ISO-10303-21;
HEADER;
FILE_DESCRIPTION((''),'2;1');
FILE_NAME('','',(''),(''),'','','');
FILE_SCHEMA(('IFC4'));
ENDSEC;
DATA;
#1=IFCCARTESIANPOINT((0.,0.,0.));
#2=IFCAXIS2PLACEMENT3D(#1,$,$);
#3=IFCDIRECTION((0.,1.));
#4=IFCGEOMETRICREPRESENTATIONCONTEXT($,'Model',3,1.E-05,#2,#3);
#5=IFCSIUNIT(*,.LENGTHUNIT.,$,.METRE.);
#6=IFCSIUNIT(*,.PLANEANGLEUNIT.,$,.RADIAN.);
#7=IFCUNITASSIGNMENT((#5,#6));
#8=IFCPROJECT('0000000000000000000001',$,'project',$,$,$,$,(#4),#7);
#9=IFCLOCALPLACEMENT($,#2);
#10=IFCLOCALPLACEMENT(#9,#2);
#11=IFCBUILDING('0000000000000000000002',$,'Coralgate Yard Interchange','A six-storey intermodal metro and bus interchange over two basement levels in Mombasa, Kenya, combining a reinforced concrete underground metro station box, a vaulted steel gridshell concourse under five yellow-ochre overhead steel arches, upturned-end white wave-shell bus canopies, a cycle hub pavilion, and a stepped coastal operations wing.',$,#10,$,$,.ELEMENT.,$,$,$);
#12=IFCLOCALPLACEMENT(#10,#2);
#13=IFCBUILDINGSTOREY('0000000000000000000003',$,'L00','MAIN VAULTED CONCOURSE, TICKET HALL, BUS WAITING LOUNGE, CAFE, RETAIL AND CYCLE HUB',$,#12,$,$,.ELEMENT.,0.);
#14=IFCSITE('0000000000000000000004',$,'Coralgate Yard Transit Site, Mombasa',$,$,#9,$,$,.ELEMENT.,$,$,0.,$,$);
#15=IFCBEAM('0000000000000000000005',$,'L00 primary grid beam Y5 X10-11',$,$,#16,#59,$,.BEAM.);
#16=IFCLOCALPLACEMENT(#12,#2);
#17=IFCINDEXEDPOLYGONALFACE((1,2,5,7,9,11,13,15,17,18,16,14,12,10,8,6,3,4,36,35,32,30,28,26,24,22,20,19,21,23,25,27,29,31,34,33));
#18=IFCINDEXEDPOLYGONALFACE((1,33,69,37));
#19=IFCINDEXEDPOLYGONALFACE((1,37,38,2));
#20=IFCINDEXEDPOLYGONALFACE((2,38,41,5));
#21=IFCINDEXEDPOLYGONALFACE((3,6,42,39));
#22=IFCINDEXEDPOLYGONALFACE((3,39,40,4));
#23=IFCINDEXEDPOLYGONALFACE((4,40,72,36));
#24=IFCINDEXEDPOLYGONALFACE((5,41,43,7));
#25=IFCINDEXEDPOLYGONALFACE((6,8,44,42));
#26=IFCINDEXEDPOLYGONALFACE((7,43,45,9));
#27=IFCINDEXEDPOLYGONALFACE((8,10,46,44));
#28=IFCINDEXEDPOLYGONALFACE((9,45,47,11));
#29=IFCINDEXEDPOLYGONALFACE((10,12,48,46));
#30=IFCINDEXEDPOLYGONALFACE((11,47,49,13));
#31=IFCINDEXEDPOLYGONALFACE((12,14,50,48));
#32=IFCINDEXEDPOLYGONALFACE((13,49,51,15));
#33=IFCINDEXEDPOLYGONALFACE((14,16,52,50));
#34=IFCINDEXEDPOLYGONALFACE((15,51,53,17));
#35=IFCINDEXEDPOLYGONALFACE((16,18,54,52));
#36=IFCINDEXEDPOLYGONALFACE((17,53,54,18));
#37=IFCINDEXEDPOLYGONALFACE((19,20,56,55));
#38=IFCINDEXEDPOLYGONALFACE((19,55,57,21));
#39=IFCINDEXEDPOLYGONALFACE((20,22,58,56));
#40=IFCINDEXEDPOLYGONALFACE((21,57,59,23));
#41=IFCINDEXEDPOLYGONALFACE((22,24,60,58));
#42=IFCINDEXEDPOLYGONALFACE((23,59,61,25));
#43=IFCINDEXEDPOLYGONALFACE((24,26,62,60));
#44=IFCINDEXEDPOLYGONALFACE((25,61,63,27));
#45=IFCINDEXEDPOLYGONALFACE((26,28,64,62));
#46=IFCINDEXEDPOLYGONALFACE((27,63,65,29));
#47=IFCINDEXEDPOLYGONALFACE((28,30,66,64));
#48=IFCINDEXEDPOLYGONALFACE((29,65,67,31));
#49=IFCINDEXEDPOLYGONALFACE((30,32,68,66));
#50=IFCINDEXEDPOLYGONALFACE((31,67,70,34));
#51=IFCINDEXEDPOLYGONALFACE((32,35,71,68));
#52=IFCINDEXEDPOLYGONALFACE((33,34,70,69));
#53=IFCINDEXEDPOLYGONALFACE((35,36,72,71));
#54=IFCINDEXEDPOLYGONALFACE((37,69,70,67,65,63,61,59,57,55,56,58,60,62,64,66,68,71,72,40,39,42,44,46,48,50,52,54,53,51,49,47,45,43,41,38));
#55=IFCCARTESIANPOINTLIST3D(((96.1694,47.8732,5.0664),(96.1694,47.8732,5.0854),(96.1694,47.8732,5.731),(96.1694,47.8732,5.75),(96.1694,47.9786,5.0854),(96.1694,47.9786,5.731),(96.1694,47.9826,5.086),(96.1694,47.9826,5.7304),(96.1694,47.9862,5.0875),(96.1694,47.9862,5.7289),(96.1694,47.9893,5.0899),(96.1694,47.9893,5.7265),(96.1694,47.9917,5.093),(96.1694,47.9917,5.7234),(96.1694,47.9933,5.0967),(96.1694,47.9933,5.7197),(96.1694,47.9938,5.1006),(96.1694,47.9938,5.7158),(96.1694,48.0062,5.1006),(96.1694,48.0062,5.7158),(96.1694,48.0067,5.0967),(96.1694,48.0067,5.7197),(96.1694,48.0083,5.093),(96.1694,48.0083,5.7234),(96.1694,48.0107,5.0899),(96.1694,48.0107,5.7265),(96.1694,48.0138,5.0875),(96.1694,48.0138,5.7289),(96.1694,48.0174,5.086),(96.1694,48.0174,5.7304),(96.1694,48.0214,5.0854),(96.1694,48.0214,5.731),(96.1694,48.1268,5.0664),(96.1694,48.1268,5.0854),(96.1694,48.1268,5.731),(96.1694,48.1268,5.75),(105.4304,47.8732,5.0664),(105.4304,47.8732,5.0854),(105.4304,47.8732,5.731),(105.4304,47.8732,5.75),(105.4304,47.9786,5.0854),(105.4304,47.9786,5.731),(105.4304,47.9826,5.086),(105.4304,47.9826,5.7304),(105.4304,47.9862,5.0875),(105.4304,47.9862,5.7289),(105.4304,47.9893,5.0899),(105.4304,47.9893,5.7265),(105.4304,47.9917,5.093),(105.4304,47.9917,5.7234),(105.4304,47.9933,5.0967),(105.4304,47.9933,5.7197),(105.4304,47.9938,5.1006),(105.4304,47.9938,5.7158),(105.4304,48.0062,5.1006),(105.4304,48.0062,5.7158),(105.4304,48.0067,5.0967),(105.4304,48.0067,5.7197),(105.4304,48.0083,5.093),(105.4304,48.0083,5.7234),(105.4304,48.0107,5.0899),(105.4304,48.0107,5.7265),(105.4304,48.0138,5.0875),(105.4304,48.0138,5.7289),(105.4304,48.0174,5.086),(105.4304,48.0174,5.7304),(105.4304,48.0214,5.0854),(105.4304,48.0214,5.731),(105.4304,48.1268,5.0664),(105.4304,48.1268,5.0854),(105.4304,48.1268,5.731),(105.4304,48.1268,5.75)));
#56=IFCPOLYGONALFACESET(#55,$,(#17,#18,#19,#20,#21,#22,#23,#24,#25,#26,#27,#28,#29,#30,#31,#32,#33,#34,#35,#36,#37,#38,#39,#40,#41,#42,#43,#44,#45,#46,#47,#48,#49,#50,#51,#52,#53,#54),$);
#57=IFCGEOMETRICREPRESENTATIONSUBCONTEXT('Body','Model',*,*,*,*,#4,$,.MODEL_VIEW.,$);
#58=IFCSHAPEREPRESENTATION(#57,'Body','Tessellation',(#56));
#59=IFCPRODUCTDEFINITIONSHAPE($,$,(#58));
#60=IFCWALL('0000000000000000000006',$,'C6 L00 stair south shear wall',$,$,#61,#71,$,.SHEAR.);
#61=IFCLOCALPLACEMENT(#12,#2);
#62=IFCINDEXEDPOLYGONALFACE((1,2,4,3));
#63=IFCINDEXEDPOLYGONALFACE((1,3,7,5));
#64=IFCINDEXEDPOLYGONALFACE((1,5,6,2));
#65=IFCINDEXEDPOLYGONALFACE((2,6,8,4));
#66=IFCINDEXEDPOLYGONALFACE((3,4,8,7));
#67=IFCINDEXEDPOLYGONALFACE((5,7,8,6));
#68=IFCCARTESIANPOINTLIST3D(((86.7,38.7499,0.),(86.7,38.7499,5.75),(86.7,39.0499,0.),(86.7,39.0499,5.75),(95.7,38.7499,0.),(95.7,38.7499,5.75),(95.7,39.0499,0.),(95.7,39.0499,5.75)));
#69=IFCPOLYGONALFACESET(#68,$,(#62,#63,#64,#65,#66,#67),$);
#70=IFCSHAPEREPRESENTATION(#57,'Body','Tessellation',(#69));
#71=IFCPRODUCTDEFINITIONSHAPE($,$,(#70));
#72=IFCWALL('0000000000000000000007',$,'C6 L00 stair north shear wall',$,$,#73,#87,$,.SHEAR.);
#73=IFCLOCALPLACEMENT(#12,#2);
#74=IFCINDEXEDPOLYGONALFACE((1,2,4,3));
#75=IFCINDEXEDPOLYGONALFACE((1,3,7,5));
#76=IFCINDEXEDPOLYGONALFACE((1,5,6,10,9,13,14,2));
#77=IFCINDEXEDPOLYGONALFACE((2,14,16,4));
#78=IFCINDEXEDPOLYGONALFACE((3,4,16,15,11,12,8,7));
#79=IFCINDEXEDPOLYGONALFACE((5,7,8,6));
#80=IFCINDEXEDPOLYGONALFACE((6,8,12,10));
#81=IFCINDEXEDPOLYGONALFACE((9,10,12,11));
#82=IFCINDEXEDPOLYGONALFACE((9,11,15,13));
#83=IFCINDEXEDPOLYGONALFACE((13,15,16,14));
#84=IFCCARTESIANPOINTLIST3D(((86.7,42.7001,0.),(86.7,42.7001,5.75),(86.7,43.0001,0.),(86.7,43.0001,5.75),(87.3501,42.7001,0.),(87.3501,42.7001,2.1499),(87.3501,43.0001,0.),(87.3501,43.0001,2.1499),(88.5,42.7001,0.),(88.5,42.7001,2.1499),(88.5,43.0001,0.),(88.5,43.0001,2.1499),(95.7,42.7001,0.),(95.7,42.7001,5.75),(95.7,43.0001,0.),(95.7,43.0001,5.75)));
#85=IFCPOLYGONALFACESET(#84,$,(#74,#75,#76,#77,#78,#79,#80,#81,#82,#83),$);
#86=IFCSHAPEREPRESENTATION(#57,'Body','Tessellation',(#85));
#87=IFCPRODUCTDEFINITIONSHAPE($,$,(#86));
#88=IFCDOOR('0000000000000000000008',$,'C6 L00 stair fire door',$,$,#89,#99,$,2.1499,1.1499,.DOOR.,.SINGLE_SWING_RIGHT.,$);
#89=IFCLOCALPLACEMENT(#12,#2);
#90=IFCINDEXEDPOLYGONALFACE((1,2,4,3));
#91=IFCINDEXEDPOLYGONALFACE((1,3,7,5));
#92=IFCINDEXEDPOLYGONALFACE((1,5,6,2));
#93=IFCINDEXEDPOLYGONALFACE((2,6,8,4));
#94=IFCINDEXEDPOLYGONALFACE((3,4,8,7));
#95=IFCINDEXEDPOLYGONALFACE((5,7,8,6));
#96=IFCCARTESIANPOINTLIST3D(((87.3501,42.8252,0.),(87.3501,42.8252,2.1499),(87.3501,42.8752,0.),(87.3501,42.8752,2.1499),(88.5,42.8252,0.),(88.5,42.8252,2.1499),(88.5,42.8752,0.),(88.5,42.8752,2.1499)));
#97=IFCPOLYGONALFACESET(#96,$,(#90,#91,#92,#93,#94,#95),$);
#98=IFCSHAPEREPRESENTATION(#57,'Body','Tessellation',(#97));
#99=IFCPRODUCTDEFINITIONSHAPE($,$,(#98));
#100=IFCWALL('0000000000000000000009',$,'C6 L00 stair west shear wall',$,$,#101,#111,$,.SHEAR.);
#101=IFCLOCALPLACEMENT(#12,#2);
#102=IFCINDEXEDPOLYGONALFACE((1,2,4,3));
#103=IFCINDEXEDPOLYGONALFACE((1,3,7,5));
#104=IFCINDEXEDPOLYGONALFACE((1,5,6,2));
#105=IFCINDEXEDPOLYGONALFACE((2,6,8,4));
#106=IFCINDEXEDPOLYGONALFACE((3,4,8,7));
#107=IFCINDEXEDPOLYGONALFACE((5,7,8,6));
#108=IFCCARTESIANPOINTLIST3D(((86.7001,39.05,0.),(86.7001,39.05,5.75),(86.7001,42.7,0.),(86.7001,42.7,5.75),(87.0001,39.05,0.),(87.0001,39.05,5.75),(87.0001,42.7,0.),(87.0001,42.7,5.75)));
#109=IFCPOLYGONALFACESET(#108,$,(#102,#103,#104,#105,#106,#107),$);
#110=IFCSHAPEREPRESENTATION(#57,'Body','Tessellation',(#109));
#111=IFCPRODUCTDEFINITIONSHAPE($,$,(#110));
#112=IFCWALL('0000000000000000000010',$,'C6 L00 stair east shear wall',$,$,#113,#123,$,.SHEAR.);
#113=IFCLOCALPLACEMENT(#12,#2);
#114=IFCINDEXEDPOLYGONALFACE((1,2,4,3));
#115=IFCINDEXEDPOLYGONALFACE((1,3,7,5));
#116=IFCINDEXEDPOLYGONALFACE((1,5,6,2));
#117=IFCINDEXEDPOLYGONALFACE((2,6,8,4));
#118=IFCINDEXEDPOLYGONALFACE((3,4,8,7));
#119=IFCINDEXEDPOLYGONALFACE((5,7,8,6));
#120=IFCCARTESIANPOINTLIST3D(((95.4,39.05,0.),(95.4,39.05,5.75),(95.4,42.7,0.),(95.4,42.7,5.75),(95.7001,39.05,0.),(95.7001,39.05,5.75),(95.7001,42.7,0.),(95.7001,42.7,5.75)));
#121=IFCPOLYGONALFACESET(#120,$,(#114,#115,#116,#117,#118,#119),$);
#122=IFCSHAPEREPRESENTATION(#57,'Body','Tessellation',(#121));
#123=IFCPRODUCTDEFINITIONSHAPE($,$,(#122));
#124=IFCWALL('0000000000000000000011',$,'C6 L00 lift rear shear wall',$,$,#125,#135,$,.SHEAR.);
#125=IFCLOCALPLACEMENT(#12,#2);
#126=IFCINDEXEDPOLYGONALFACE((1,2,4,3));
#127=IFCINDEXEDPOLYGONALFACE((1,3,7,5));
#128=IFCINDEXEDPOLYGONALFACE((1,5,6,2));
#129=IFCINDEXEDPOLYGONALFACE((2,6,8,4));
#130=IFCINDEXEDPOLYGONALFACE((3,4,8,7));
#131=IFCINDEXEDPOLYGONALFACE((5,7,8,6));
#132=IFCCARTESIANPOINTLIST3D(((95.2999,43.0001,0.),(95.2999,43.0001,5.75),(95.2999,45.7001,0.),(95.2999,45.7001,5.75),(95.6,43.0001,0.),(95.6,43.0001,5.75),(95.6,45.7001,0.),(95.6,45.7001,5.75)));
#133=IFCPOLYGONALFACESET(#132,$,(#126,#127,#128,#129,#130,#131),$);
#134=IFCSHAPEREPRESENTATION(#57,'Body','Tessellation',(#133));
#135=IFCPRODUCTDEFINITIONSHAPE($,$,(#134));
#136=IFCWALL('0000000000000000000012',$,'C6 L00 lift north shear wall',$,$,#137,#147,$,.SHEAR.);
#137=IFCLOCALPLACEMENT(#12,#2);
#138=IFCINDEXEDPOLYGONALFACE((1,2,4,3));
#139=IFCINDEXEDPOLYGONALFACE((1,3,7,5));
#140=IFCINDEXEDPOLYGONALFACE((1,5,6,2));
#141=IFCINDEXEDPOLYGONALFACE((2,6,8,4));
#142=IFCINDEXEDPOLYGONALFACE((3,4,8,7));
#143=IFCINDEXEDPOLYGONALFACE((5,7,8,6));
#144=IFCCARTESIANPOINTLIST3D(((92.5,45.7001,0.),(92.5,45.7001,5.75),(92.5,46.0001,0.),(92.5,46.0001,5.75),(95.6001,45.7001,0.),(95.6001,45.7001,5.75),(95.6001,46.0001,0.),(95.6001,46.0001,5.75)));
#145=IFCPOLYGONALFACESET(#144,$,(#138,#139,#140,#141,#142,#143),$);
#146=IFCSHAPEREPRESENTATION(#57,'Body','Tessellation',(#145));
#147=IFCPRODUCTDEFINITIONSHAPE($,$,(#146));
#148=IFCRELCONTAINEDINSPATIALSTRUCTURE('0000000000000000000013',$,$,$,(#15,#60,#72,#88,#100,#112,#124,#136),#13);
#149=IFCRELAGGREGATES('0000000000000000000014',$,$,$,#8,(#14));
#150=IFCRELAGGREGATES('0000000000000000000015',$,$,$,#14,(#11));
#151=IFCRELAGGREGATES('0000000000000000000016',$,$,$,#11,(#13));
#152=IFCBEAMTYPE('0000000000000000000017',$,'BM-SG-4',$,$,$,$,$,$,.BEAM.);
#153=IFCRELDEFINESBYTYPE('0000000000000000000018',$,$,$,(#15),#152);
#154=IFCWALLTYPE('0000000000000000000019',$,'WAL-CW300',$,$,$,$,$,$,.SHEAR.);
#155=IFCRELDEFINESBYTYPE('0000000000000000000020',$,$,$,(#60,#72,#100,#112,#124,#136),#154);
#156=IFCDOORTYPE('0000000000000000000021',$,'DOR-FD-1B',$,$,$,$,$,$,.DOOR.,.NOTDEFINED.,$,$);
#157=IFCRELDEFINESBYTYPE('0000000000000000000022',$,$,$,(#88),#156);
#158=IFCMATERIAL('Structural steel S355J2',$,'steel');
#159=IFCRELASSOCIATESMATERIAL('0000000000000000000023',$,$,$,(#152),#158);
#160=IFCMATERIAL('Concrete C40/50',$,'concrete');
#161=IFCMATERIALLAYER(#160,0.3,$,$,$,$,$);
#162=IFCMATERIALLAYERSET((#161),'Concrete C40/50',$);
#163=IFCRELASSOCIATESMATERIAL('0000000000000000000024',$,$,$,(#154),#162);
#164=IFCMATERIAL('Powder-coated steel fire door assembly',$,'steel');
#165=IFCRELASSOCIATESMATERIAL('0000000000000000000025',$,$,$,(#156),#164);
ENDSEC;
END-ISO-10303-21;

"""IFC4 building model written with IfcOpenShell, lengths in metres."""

from ifc_helpers import new_model, si_unit, direction, frame, frame_2d, origin, origin_2d, place, context, subcontext, project, spatial, rectangle, i_section, extrude, material, layer, layer_set, material_profile, profile_set, type_object, element, fill, save


model = new_model("IFC4")

# Units and contexts
model_context = context("Model", 3, precision=1e-05, world=origin(), true_north=direction((0.0, 1.0)))
body_context = subcontext(model_context, "Body", "Model", "MODEL_VIEW")
ifc_project = project(units=[si_unit("LENGTHUNIT", "METRE"), si_unit("PLANEANGLEUNIT", "RADIAN")], contexts=[model_context])

# Site, building, storey
site_placement = place(None, origin())
site = spatial("IfcSite", under=ifc_project, at=site_placement, Name="Coralgate Yard Transit Site, Mombasa", CompositionType="ELEMENT", RefElevation=0.0)
building_placement = place(site_placement, origin())
building = spatial("IfcBuilding", under=site, at=building_placement, Name="Coralgate Yard Interchange", Description="A six-storey intermodal metro and bus interchange over two basement levels in Mombasa, Kenya, combining a reinforced concrete underground metro station box, a vaulted steel gridshell concourse under five yellow-ochre overhead steel arches, upturned-end white wave-shell bus canopies, a cycle hub pavilion, and a stepped coastal operations wing.", CompositionType="ELEMENT")
storey_placement = place(building_placement, origin())
storey = spatial("IfcBuildingStorey", under=building, at=storey_placement, Name="L00", Description="MAIN VAULTED CONCOURSE, TICKET HALL, BUS WAITING LOUNGE, CAFE, RETAIL AND CYCLE HUB", CompositionType="ELEMENT", Elevation=0.0)

# Shared definitions
ifc_material_1 = material(Name="Structural steel S355J2", Category="steel")

# Beam
ifc_material_profile_1 = material_profile(ifc_material_1, i_section(OverallWidth=0.2537, OverallDepth=0.6836, WebThickness=0.0125, FlangeThickness=0.019, FilletRadius=0.0151, at=origin_2d()), Name="UB 686x254x140")
ifc_profile_set_1 = profile_set([ifc_material_profile_1], Name="Structural steel S355J2")
beam_type = type_object("IfcBeamType", Name="BM-SG-4", PredefinedType="BEAM", material=ifc_profile_set_1)
for number, where, z_axis, x_axis, name in (
    (1, (96.1694, 48.0, 5.4082), (1.0, 0.0, 0.0), (0.0, 1.0, 0.0), "L00 primary grid beam Y5 X10-11"),
):
    element("IfcBeam", number, at=place(storey_placement, frame(where, z_axis=z_axis, x_axis=x_axis)), inside=storey, type_object=beam_type, Name=name, PredefinedType="BEAM", context=body_context, shape_type="SweptSolid", body=[
        extrude(i_section(OverallWidth=0.2537, OverallDepth=0.6836, WebThickness=0.0125, FlangeThickness=0.019, FilletRadius=0.0151, at=origin_2d()), origin(), (0.0, 0.0, 1.0), 9.261),
    ])

# Wall
ifc_material_2 = material(Name="Concrete C40/50", Category="concrete")
ifc_layer_1 = layer(ifc_material_2, 0.3)
ifc_layer_set_1 = layer_set([ifc_layer_1], Name="Concrete C40/50")
wall_type_1 = type_object("IfcWallType", Name="WAL-CW300", PredefinedType="SHEAR", material=ifc_layer_set_1)
wall_1_placement = place(storey_placement, frame((86.7, 38.8999, 0.0), z_axis=(0.0, 0.0, 1.0), x_axis=(1.0, 0.0, 0.0)))
element("IfcWall", 2, at=wall_1_placement, inside=storey, type_object=wall_type_1, Name="C6 L00 stair south shear wall", PredefinedType="SHEAR", context=body_context, shape_type="SweptSolid", body=[
    extrude(rectangle(XDim=9.0, YDim=0.3, at=frame_2d((4.5, 0.0))), origin(), (0.0, 0.0, 1.0), 5.75),
])

# Wall, opening, door
wall_2_placement = place(storey_placement, frame((95.7, 42.8501, 0.0), z_axis=(0.0, 0.0, 1.0), x_axis=(-1.0, 0.0, 0.0)))
wall_2 = element("IfcWall", 3, at=wall_2_placement, inside=storey, type_object=wall_type_1, Name="C6 L00 stair north shear wall", PredefinedType="SHEAR", context=body_context, shape_type="SweptSolid", body=[
    extrude(rectangle(XDim=9.0, YDim=0.3, at=frame_2d((4.5, 0.0))), origin(), (0.0, 0.0, 1.0), 5.75),
])
opening_1_placement = place(wall_2_placement, frame((7.2, 0.0, 0.0)))
opening_1 = element("IfcOpeningElement", 4, at=opening_1_placement, cuts=wall_2, PredefinedType="OPENING", context=body_context, shape_type="SweptSolid", body=[
    extrude(rectangle(XDim=1.1499, YDim=2.1499, at=frame_2d((0.575, 1.075))), frame((0.0, 0.1599, 0.0), z_axis=(0.0, -1.0, 0.0), x_axis=(1.0, 0.0, 0.0)), (0.0, 0.0, 1.0), 0.3201),
])
ifc_material_3 = material(Name="Powder-coated steel fire door assembly", Category="steel")
door_type_1 = type_object("IfcDoorType", Name="DOR-FD-1B", OperationType="NOTDEFINED", PredefinedType="DOOR", material=ifc_material_3)
door_1_placement = place(opening_1_placement, origin())
door_1 = element("IfcDoor", 5, at=door_1_placement, inside=storey, type_object=door_type_1, Name="C6 L00 stair fire door", OperationType="SINGLE_SWING_RIGHT", OverallHeight=2.1499, OverallWidth=1.1499, PredefinedType="DOOR", context=body_context, shape_type="SweptSolid", body=[
    extrude(rectangle(XDim=1.1499, YDim=2.1499, at=frame_2d((0.575, 1.075))), frame((0.0, 0.0249, 0.0), z_axis=(0.0, -1.0, 0.0), x_axis=(1.0, 0.0, 0.0)), (0.0, 0.0, 1.0), 0.05),
])
fill(opening_1, door_1)

# Walls
for number, where, z_axis, x_axis, name in (
    (6, (86.8501, 39.05, 0.0), (0.0, 0.0, 1.0), (0.0, 1.0, 0.0), "C6 L00 stair west shear wall"),
    (7, (95.55, 42.7, 0.0), (0.0, 0.0, 1.0), (0.0, -1.0, 0.0), "C6 L00 stair east shear wall"),
):
    element("IfcWall", number, at=place(storey_placement, frame(where, z_axis=z_axis, x_axis=x_axis)), inside=storey, type_object=wall_type_1, Name=name, PredefinedType="SHEAR", context=body_context, shape_type="SweptSolid", body=[
        extrude(rectangle(XDim=3.6499, YDim=0.3, at=frame_2d((1.825, 0.0))), origin(), (0.0, 0.0, 1.0), 5.75),
    ])

# Walls
wall_3_placement = place(storey_placement, frame((95.45, 43.0, 0.0), z_axis=(0.0, 0.0, 1.0), x_axis=(0.0, 1.0, 0.0)))
element("IfcWall", 8, at=wall_3_placement, inside=storey, type_object=wall_type_1, Name="C6 L00 lift rear shear wall", PredefinedType="SHEAR", context=body_context, shape_type="SweptSolid", body=[
    extrude(rectangle(XDim=2.7, YDim=0.3, at=frame_2d((1.3501, 0.0))), origin(), (0.0, 0.0, 1.0), 5.75),
])
wall_4_placement = place(storey_placement, frame((92.5, 45.8501, 0.0), z_axis=(0.0, 0.0, 1.0), x_axis=(1.0, 0.0, 0.0)))
element("IfcWall", 9, at=wall_4_placement, inside=storey, type_object=wall_type_1, Name="C6 L00 lift north shear wall", PredefinedType="SHEAR", context=body_context, shape_type="SweptSolid", body=[
    extrude(rectangle(XDim=3.1001, YDim=0.3, at=frame_2d((1.55, 0.0))), origin(), (0.0, 0.0, 1.0), 5.75),
])

save(model, "model.ifc")
